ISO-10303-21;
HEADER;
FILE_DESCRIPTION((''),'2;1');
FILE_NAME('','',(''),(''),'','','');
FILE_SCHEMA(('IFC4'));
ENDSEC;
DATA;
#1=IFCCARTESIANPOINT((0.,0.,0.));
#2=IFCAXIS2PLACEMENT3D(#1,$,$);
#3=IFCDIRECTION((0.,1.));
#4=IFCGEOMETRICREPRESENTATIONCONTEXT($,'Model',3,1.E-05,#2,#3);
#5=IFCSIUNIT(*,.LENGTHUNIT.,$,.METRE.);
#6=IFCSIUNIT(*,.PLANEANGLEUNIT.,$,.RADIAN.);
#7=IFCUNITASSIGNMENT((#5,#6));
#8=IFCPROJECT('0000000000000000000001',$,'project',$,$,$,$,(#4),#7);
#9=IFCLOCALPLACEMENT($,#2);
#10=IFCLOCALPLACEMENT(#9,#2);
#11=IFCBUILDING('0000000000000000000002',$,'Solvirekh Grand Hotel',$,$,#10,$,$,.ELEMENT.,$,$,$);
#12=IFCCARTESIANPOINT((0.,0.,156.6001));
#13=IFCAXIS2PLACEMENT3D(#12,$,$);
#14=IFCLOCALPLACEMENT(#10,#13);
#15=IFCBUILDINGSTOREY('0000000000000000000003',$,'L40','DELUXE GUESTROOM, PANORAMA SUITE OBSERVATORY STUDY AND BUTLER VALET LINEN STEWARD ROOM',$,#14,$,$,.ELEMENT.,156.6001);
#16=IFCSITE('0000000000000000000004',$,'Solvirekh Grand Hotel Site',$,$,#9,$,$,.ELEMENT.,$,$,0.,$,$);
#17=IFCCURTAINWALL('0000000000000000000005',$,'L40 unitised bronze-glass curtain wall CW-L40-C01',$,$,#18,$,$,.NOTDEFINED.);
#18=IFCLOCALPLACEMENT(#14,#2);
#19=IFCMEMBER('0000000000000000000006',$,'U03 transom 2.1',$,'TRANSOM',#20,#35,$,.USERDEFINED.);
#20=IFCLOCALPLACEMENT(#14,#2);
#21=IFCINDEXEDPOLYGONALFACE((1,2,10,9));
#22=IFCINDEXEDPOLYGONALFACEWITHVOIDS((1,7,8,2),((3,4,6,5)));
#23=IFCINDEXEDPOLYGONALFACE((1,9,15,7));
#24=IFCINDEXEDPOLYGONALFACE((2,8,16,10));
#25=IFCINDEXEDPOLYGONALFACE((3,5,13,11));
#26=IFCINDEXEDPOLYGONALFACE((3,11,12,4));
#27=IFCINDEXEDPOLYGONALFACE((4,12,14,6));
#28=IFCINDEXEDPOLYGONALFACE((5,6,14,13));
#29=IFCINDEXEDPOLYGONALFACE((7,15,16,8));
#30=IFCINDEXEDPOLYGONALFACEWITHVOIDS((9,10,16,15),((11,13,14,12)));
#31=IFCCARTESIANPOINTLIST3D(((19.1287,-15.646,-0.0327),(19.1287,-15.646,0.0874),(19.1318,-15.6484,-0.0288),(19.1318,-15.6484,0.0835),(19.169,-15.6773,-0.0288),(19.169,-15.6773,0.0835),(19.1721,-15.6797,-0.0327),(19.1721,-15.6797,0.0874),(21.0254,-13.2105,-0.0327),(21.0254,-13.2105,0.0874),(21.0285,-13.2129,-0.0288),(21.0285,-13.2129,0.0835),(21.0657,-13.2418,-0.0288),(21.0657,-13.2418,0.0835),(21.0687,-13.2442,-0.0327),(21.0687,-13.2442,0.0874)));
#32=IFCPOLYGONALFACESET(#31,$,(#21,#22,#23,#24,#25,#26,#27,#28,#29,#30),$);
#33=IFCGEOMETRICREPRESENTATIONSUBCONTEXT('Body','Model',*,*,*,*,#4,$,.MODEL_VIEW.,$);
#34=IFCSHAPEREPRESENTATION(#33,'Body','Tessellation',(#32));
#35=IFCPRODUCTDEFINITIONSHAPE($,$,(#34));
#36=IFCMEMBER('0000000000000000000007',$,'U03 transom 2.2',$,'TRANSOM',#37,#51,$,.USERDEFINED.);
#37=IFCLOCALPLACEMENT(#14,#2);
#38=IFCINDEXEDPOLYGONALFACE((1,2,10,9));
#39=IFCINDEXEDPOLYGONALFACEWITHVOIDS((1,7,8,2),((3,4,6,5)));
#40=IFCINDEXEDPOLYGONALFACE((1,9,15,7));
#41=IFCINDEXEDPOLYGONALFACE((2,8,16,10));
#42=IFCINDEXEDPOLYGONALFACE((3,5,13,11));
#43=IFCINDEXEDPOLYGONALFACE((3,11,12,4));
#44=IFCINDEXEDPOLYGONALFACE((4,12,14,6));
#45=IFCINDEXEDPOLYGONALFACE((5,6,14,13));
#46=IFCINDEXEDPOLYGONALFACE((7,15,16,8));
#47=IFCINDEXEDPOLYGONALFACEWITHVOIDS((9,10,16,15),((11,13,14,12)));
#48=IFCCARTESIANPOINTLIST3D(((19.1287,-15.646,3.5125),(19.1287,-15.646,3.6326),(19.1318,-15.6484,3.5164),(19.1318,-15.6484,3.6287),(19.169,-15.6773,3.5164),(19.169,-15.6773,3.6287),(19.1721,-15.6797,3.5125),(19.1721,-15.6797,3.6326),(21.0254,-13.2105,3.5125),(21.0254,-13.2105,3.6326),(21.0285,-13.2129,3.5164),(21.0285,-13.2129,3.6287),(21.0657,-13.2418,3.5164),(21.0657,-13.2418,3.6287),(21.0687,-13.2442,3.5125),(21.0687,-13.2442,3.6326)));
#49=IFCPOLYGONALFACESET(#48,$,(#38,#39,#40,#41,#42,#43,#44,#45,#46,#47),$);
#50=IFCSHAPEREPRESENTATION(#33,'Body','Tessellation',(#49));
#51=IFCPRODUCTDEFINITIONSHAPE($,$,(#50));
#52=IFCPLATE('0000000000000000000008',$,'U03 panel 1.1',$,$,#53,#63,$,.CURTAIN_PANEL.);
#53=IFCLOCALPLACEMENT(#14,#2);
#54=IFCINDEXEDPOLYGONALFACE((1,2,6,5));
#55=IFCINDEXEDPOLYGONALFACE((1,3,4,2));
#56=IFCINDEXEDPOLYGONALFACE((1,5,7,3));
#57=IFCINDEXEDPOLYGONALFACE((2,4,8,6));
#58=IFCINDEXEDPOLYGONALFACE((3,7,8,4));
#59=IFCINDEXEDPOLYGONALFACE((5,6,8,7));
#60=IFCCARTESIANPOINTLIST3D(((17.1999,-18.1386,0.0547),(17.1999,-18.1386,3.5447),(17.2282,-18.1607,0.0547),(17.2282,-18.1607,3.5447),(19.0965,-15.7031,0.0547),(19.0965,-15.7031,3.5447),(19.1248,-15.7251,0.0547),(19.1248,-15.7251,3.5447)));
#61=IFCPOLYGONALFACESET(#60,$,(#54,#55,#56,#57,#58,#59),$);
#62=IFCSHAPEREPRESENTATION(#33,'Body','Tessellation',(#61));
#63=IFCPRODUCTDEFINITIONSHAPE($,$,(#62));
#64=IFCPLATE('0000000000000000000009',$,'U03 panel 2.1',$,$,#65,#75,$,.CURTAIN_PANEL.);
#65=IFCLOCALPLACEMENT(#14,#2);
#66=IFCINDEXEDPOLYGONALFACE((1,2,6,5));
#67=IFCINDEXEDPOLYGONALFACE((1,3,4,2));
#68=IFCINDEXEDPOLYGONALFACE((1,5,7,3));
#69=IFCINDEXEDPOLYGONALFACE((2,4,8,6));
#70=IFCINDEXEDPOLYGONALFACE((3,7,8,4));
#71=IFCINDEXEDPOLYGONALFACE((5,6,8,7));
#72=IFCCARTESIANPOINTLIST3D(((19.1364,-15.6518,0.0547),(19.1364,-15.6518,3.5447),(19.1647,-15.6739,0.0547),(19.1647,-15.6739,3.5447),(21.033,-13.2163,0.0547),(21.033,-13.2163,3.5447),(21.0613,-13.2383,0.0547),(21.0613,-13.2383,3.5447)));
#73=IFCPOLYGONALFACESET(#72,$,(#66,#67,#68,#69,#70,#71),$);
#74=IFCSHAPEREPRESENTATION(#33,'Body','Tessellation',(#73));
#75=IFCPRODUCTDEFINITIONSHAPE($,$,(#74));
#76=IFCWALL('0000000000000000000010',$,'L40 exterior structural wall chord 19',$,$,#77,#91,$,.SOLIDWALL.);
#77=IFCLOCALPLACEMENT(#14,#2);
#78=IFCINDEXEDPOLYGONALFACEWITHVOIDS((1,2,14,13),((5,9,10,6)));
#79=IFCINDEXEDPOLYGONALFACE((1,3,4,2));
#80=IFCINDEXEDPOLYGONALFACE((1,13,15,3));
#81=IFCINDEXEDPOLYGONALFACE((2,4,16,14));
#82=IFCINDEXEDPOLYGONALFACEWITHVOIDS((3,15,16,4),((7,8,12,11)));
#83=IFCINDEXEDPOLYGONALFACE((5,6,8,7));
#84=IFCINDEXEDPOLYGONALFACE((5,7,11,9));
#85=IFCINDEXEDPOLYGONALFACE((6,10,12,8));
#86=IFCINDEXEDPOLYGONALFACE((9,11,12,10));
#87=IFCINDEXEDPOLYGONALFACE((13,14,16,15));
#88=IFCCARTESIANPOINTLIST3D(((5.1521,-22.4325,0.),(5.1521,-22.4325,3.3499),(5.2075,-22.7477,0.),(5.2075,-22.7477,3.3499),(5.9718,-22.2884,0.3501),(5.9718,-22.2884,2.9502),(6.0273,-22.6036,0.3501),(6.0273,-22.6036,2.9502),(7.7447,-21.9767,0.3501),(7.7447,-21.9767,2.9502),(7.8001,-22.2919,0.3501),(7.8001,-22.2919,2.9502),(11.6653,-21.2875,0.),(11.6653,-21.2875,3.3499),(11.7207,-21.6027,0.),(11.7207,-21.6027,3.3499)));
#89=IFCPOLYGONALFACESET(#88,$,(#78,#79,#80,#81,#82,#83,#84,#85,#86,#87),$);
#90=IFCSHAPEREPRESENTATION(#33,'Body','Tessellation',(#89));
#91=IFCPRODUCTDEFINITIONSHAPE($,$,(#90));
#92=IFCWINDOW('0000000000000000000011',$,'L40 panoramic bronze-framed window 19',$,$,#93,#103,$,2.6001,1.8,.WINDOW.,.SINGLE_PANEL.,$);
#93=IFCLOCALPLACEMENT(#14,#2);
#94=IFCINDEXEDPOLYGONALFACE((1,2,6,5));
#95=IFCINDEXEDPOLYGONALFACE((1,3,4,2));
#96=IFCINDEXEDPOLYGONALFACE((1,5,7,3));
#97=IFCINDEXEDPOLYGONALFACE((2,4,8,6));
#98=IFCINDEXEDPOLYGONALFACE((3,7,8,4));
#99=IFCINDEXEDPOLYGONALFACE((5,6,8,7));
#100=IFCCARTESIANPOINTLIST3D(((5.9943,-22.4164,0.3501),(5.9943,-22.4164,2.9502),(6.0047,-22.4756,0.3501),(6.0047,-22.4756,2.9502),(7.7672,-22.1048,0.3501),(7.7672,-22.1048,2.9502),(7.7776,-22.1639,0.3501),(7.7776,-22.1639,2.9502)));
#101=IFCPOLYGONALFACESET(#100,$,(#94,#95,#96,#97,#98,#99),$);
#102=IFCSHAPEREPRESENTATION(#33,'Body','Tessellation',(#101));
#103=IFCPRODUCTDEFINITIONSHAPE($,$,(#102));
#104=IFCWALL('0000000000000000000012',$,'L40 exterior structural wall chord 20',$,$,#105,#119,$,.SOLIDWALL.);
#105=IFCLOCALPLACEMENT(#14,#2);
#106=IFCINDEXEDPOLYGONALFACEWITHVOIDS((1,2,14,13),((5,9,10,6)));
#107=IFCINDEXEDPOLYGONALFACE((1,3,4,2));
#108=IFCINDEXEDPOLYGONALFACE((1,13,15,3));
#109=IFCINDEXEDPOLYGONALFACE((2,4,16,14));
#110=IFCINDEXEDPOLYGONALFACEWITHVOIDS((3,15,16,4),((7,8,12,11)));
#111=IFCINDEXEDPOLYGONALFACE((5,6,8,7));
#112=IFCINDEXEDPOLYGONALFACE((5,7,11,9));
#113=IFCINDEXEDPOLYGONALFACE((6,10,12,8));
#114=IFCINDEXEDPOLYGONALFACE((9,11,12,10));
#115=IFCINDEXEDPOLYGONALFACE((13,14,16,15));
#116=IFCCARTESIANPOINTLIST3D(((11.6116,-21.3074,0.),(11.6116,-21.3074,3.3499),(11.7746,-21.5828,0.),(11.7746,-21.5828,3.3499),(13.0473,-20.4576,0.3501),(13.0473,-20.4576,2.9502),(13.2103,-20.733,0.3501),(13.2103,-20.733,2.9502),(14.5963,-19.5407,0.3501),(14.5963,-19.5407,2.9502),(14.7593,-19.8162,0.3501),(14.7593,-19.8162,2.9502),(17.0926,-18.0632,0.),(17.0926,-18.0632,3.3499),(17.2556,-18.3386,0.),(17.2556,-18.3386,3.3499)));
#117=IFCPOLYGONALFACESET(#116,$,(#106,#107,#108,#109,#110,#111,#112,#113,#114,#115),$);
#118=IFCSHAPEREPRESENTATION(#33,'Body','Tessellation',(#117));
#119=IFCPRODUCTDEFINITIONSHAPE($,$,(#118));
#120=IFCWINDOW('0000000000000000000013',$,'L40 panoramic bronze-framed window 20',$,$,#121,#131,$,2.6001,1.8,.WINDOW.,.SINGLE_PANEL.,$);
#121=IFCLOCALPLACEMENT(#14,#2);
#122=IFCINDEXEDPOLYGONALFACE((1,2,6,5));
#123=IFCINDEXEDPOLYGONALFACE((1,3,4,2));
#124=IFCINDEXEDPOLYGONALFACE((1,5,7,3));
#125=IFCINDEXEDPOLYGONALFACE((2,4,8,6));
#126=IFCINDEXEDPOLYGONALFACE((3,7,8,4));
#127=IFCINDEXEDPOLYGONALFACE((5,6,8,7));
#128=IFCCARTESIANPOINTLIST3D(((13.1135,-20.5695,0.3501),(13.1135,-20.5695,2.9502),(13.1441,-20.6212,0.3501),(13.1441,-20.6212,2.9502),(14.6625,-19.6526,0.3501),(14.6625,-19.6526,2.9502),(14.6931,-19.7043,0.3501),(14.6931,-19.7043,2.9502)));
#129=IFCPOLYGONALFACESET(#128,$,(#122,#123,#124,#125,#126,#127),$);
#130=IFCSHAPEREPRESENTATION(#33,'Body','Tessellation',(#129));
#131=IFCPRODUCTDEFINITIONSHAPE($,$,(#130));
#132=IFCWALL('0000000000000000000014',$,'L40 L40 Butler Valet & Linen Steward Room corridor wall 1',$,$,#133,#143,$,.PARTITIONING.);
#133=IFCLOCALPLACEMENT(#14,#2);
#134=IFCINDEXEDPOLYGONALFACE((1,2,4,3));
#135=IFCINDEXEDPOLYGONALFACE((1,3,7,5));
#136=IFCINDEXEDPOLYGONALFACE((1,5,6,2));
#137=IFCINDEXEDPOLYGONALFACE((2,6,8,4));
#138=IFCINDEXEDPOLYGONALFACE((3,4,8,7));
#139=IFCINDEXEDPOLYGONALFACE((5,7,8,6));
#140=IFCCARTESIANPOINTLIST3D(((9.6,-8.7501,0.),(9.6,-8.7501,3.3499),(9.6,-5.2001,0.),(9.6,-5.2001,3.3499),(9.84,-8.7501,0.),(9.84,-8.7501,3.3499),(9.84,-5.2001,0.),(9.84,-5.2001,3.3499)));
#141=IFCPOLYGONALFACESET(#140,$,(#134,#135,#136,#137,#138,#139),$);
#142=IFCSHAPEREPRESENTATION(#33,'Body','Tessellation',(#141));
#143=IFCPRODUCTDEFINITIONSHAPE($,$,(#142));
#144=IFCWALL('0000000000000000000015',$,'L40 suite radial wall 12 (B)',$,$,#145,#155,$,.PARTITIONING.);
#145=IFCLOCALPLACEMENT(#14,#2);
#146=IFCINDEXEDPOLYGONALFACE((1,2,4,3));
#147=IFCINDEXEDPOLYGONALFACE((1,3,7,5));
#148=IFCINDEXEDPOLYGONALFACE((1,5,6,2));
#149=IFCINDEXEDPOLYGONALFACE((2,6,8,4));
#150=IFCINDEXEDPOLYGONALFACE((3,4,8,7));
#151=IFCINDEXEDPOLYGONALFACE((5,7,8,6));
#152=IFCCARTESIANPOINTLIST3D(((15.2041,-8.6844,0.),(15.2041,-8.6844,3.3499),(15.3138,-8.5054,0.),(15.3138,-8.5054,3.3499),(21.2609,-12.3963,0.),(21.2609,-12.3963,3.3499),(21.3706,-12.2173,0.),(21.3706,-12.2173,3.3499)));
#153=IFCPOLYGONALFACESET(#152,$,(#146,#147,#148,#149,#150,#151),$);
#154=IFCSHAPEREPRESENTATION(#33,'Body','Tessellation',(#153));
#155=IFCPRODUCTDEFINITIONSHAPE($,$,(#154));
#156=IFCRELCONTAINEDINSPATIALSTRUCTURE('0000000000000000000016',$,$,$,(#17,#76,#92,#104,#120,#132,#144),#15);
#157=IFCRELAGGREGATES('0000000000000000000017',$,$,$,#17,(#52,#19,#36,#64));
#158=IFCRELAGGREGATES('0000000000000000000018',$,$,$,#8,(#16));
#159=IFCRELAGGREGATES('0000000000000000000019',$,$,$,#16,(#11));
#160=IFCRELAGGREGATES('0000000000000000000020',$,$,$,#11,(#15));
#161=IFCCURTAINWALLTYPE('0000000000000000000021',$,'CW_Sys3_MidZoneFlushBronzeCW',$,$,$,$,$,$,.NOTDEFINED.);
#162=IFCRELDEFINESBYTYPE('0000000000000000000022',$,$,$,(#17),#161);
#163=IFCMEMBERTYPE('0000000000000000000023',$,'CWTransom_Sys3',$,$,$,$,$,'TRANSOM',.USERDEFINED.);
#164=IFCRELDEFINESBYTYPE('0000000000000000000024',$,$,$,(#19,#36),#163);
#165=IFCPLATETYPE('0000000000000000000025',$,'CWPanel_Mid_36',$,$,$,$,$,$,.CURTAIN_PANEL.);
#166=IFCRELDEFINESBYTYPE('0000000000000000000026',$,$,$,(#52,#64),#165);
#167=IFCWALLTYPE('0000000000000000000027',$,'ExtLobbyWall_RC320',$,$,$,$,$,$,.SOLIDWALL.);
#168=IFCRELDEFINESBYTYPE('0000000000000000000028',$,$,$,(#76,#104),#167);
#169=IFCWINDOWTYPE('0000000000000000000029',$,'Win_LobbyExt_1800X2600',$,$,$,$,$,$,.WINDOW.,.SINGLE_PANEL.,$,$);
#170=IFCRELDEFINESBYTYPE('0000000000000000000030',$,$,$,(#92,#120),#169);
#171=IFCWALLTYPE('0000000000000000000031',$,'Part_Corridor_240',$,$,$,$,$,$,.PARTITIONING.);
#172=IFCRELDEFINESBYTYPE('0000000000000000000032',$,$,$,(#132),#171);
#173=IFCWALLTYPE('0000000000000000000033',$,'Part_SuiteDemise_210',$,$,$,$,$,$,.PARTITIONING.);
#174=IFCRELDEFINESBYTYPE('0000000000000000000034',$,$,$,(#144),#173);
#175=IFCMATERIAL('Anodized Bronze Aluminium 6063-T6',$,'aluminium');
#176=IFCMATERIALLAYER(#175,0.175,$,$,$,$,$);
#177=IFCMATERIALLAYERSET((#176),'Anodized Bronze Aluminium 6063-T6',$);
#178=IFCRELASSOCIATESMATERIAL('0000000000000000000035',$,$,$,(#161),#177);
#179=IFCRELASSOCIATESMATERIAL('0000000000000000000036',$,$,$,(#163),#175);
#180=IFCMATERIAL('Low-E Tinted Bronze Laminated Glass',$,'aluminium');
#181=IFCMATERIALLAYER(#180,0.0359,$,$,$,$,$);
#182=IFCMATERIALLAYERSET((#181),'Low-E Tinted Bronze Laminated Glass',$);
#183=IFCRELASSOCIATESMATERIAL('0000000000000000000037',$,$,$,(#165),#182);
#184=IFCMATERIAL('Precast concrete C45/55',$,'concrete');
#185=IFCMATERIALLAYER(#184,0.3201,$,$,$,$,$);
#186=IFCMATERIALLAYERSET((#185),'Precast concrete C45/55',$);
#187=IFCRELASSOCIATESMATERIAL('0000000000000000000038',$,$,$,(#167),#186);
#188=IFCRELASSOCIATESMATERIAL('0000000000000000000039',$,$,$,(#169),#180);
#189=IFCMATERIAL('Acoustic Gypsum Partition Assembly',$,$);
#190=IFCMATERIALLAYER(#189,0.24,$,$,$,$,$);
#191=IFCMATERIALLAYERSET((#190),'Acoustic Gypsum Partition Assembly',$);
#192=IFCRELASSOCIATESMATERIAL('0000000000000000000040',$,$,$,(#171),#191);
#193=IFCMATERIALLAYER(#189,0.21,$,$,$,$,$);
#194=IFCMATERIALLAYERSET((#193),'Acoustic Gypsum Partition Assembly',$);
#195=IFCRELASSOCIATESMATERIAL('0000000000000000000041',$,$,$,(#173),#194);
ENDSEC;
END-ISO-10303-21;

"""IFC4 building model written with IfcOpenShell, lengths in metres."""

from ifc_helpers import new_model, si_unit, direction, frame, frame_2d, origin, origin_2d, place, context, subcontext, project, spatial, rectangle, hollow_rectangle, extrude, source, transform, mapped, material, layer, layer_set, material_profile, profile_set, type_object, element, fill, aggregate, save


model = new_model("IFC4")

# Units and contexts
model_context = context("Model", 3, precision=1e-05, world=origin(), true_north=direction((0.0, 1.0)))
body_context = subcontext(model_context, "Body", "Model", "MODEL_VIEW")
ifc_project = project(units=[si_unit("LENGTHUNIT", "METRE"), si_unit("PLANEANGLEUNIT", "RADIAN")], contexts=[model_context])

# Site, building, storey
site_placement = place(None, origin())
site = spatial("IfcSite", under=ifc_project, at=site_placement, Name="Solvirekh Grand Hotel Site", CompositionType="ELEMENT", RefElevation=0.0)
building_placement = place(site_placement, origin())
building = spatial("IfcBuilding", under=site, at=building_placement, Name="Solvirekh Grand Hotel", CompositionType="ELEMENT")
storey_placement = place(building_placement, frame((0.0, 0.0, 156.6001)))
storey = spatial("IfcBuildingStorey", under=building, at=storey_placement, Name="L40", Description="DELUXE GUESTROOM, PANORAMA SUITE OBSERVATORY STUDY AND BUTLER VALET LINEN STEWARD ROOM", CompositionType="ELEMENT", Elevation=156.6001)

# Curtain wall, members, plates
ifc_material_1 = material(Name="Anodized Bronze Aluminium 6063-T6", Category="aluminium")
ifc_layer_1 = layer(ifc_material_1, 0.175)
ifc_layer_set_1 = layer_set([ifc_layer_1], Name="Anodized Bronze Aluminium 6063-T6")
curtain_wall_type = type_object("IfcCurtainWallType", Name="CW_Sys3_MidZoneFlushBronzeCW", PredefinedType="NOTDEFINED", material=ifc_layer_set_1)
curtain_wall_placement = place(storey_placement, origin())
curtain_wall = element("IfcCurtainWall", 1, at=curtain_wall_placement, inside=storey, type_object=curtain_wall_type, Name="L40 unitised bronze-glass curtain wall CW-L40-C01", PredefinedType="NOTDEFINED")
ifc_material_profile_1 = material_profile(ifc_material_1, hollow_rectangle(XDim=0.0549, YDim=0.1201, WallThickness=0.0039, at=origin_2d()), Name="ALU RHS 120X55X4")
ifc_profile_set_1 = profile_set([ifc_material_profile_1], Name="Anodized Bronze Aluminium 6063-T6")
member_type_1 = type_object("IfcMemberType", Name="CWTransom_Sys3", ElementType="TRANSOM", PredefinedType="USERDEFINED", material=ifc_profile_set_1)
shared_shape_1 = source(origin(), body_context, "Body", "SweptSolid", [
    extrude(hollow_rectangle(XDim=0.0549, YDim=0.1201, WallThickness=0.0039, at=origin_2d()), origin(), (0.0, 0.0, 1.0), 3.0869),
])
member_1_placement = place(storey_placement, frame((19.1504, -15.6628, 0.0273), z_axis=(0.614428, 0.788973, 0.0), x_axis=(-0.788973, 0.614428, 0.0)))
member_1 = element("IfcMember", 2, at=member_1_placement, type_object=member_type_1, Name="U03 transom 2.1", ObjectType="TRANSOM", PredefinedType="USERDEFINED", context=body_context, shape_type="MappedRepresentation", body=[
    mapped(shared_shape_1, transform((0.0, 0.0, 0.0), x_axis=(1.0, 0.0, 0.0), y_axis=(0.0, 1.0, 0.0), z_axis=(0.0, 0.0, 1.0), scale=1.0)),
])
member_2_placement = place(storey_placement, frame((19.1504, -15.6628, 3.5725), z_axis=(0.614428, 0.788973, 0.0), x_axis=(-0.788973, 0.614428, 0.0)))
member_2 = element("IfcMember", 3, at=member_2_placement, type_object=member_type_1, Name="U03 transom 2.2", ObjectType="TRANSOM", PredefinedType="USERDEFINED", context=body_context, shape_type="MappedRepresentation", body=[
    mapped(shared_shape_1, transform((0.0, 0.0, 0.0), x_axis=(1.0, 0.0, 0.0), y_axis=(0.0, 1.0, 0.0), z_axis=(0.0, 0.0, 1.0), scale=1.0)),
])
ifc_material_2 = material(Name="Low-E Tinted Bronze Laminated Glass", Category="aluminium")
ifc_layer_2 = layer(ifc_material_2, 0.0359)
ifc_layer_set_2 = layer_set([ifc_layer_2], Name="Low-E Tinted Bronze Laminated Glass")
plate_type = type_object("IfcPlateType", Name="CWPanel_Mid_36", PredefinedType="CURTAIN_PANEL", material=ifc_layer_set_2)
shared_shape_2 = source(origin(), body_context, "Body", "SweptSolid", [
    extrude(rectangle(XDim=3.0869, YDim=0.0359, at=origin_2d()), origin(), (0.0, 0.0, 1.0), 3.49),
])
plate_1_placement = place(storey_placement, frame((18.1624, -16.9319, 0.0547), z_axis=(0.0, 0.0, 1.0), x_axis=(0.614397, 0.788997, 0.0)))
plate_1 = element("IfcPlate", 4, at=plate_1_placement, type_object=plate_type, Name="U03 panel 1.1", PredefinedType="CURTAIN_PANEL", context=body_context, shape_type="MappedRepresentation", body=[
    mapped(shared_shape_2, transform((0.0, 0.0, 0.0), x_axis=(1.0, 0.0, 0.0), y_axis=(0.0, 1.0, 0.0), z_axis=(0.0, 0.0, 1.0), scale=1.0)),
])
plate_2_placement = place(storey_placement, frame((20.0989, -14.4451, 0.0547), z_axis=(0.0, 0.0, 1.0), x_axis=(0.614397, 0.788997, 0.0)))
plate_2 = element("IfcPlate", 5, at=plate_2_placement, type_object=plate_type, Name="U03 panel 2.1", PredefinedType="CURTAIN_PANEL", context=body_context, shape_type="MappedRepresentation", body=[
    mapped(shared_shape_2, transform((0.0, 0.0, 0.0), x_axis=(1.0, 0.0, 0.0), y_axis=(0.0, 1.0, 0.0), z_axis=(0.0, 0.0, 1.0), scale=1.0)),
])
aggregate(curtain_wall, [plate_1, member_1, member_2, plate_2])

# Walls, openings, windows
ifc_material_3 = material(Name="Precast concrete C45/55", Category="concrete")
ifc_layer_3 = layer(ifc_material_3, 0.3201)
ifc_layer_set_3 = layer_set([ifc_layer_3], Name="Precast concrete C45/55")
wall_type_1 = type_object("IfcWallType", Name="ExtLobbyWall_RC320", PredefinedType="SOLIDWALL", material=ifc_layer_set_3)
wall_1_placement = place(storey_placement, frame((11.6931, -21.4451, 0.0), z_axis=(0.0, 0.0, 1.0), x_axis=(-0.984896, -0.173145, 0.0)))
wall_1 = element("IfcWall", 6, at=wall_1_placement, inside=storey, type_object=wall_type_1, Name="L40 exterior structural wall chord 19", PredefinedType="SOLIDWALL", context=body_context, shape_type="SweptSolid", body=[
    extrude(rectangle(XDim=6.613, YDim=0.3201, at=frame_2d((3.3066, 0.0))), origin(), (0.0, 0.0, 1.0), 3.3499),
])
opening_1_placement = place(wall_1_placement, frame((3.981, 0.0, 0.3501)))
opening_1 = element("IfcOpeningElement", 7, at=opening_1_placement, cuts=wall_1, PredefinedType="OPENING", context=body_context, shape_type="SweptSolid", body=[
    extrude(rectangle(XDim=1.8, YDim=2.6001, at=frame_2d((0.8999, 1.3))), frame((0.0, 0.1699, 0.0), z_axis=(0.0, -1.0, 0.0), x_axis=(1.0, 0.0, 0.0)), (0.0, 0.0, 1.0), 0.3401),
])
window_type = type_object("IfcWindowType", Name="Win_LobbyExt_1800X2600", PartitioningType="SINGLE_PANEL", PredefinedType="WINDOW", material=ifc_material_2)
window_1_placement = place(opening_1_placement, origin())
window_1 = element("IfcWindow", 8, at=window_1_placement, inside=storey, type_object=window_type, Name="L40 panoramic bronze-framed window 19", OverallHeight=2.6001, OverallWidth=1.8, PartitioningType="SINGLE_PANEL", PredefinedType="WINDOW", context=body_context, shape_type="SweptSolid", body=[
    extrude(rectangle(XDim=1.8, YDim=2.6001, at=frame_2d((0.8999, 1.3))), frame((0.0, 0.03, 0.0), z_axis=(0.0, -1.0, 0.0), x_axis=(1.0, 0.0, 0.0)), (0.0, 0.0, 1.0), 0.0601),
])
fill(opening_1, window_1)
wall_2_placement = place(storey_placement, frame((17.1741, -18.2009, 0.0), z_axis=(0.0, 0.0, 1.0), x_axis=(-0.860555, -0.509357, 0.0)))
wall_2 = element("IfcWall", 9, at=wall_2_placement, inside=storey, type_object=wall_type_1, Name="L40 exterior structural wall chord 20", PredefinedType="SOLIDWALL", context=body_context, shape_type="SweptSolid", body=[
    extrude(rectangle(XDim=6.3691, YDim=0.3201, at=frame_2d((3.1846, 0.0))), origin(), (0.0, 0.0, 1.0), 3.3499),
])
opening_2_placement = place(wall_2_placement, frame((2.9009, 0.0, 0.3501)))
opening_2 = element("IfcOpeningElement", 10, at=opening_2_placement, cuts=wall_2, PredefinedType="OPENING", context=body_context, shape_type="SweptSolid", body=[
    extrude(rectangle(XDim=1.8, YDim=2.6001, at=frame_2d((0.8999, 1.3))), frame((0.0, 0.1699, 0.0), z_axis=(0.0, -1.0, 0.0), x_axis=(1.0, 0.0, 0.0)), (0.0, 0.0, 1.0), 0.3401),
])
window_2_placement = place(opening_2_placement, origin())
window_2 = element("IfcWindow", 11, at=window_2_placement, inside=storey, type_object=window_type, Name="L40 panoramic bronze-framed window 20", OverallHeight=2.6001, OverallWidth=1.8, PartitioningType="SINGLE_PANEL", PredefinedType="WINDOW", context=body_context, shape_type="SweptSolid", body=[
    extrude(rectangle(XDim=1.8, YDim=2.6001, at=frame_2d((0.8999, 1.3))), frame((0.0, 0.03, 0.0), z_axis=(0.0, -1.0, 0.0), x_axis=(1.0, 0.0, 0.0)), (0.0, 0.0, 1.0), 0.0601),
])
fill(opening_2, window_2)

# Walls
ifc_material_4 = material(Name="Acoustic Gypsum Partition Assembly")
ifc_layer_4 = layer(ifc_material_4, 0.24)
ifc_layer_set_4 = layer_set([ifc_layer_4], Name="Acoustic Gypsum Partition Assembly")
wall_type_2 = type_object("IfcWallType", Name="Part_Corridor_240", PredefinedType="PARTITIONING", material=ifc_layer_set_4)
wall_3_placement = place(storey_placement, frame((9.72, -8.75, 0.0), z_axis=(0.0, 0.0, 1.0), x_axis=(0.0, 1.0, 0.0)))
element("IfcWall", 12, at=wall_3_placement, inside=storey, type_object=wall_type_2, Name="L40 L40 Butler Valet & Linen Steward Room corridor wall 1", PredefinedType="PARTITIONING", context=body_context, shape_type="SweptSolid", body=[
    extrude(rectangle(XDim=3.55, YDim=0.24, at=frame_2d((1.7749, 0.0))), origin(), (0.0, 0.0, 1.0), 3.3499),
])
ifc_layer_5 = layer(ifc_material_4, 0.21)
ifc_layer_set_5 = layer_set([ifc_layer_5], Name="Acoustic Gypsum Partition Assembly")
wall_type_3 = type_object("IfcWallType", Name="Part_SuiteDemise_210", PredefinedType="PARTITIONING", material=ifc_layer_set_5)
wall_4_placement = place(storey_placement, frame((15.259, -8.595, 0.0), z_axis=(0.0, 0.0, 1.0), x_axis=(0.852624, -0.522524, 0.0)))
element("IfcWall", 13, at=wall_4_placement, inside=storey, type_object=wall_type_3, Name="L40 suite radial wall 12 (B)", PredefinedType="PARTITIONING", context=body_context, shape_type="SweptSolid", body=[
    extrude(rectangle(XDim=7.1038, YDim=0.21, at=frame_2d((3.5518, 0.0))), origin(), (0.0, 0.0, 1.0), 3.3499),
])

save(model, "model.ifc")
